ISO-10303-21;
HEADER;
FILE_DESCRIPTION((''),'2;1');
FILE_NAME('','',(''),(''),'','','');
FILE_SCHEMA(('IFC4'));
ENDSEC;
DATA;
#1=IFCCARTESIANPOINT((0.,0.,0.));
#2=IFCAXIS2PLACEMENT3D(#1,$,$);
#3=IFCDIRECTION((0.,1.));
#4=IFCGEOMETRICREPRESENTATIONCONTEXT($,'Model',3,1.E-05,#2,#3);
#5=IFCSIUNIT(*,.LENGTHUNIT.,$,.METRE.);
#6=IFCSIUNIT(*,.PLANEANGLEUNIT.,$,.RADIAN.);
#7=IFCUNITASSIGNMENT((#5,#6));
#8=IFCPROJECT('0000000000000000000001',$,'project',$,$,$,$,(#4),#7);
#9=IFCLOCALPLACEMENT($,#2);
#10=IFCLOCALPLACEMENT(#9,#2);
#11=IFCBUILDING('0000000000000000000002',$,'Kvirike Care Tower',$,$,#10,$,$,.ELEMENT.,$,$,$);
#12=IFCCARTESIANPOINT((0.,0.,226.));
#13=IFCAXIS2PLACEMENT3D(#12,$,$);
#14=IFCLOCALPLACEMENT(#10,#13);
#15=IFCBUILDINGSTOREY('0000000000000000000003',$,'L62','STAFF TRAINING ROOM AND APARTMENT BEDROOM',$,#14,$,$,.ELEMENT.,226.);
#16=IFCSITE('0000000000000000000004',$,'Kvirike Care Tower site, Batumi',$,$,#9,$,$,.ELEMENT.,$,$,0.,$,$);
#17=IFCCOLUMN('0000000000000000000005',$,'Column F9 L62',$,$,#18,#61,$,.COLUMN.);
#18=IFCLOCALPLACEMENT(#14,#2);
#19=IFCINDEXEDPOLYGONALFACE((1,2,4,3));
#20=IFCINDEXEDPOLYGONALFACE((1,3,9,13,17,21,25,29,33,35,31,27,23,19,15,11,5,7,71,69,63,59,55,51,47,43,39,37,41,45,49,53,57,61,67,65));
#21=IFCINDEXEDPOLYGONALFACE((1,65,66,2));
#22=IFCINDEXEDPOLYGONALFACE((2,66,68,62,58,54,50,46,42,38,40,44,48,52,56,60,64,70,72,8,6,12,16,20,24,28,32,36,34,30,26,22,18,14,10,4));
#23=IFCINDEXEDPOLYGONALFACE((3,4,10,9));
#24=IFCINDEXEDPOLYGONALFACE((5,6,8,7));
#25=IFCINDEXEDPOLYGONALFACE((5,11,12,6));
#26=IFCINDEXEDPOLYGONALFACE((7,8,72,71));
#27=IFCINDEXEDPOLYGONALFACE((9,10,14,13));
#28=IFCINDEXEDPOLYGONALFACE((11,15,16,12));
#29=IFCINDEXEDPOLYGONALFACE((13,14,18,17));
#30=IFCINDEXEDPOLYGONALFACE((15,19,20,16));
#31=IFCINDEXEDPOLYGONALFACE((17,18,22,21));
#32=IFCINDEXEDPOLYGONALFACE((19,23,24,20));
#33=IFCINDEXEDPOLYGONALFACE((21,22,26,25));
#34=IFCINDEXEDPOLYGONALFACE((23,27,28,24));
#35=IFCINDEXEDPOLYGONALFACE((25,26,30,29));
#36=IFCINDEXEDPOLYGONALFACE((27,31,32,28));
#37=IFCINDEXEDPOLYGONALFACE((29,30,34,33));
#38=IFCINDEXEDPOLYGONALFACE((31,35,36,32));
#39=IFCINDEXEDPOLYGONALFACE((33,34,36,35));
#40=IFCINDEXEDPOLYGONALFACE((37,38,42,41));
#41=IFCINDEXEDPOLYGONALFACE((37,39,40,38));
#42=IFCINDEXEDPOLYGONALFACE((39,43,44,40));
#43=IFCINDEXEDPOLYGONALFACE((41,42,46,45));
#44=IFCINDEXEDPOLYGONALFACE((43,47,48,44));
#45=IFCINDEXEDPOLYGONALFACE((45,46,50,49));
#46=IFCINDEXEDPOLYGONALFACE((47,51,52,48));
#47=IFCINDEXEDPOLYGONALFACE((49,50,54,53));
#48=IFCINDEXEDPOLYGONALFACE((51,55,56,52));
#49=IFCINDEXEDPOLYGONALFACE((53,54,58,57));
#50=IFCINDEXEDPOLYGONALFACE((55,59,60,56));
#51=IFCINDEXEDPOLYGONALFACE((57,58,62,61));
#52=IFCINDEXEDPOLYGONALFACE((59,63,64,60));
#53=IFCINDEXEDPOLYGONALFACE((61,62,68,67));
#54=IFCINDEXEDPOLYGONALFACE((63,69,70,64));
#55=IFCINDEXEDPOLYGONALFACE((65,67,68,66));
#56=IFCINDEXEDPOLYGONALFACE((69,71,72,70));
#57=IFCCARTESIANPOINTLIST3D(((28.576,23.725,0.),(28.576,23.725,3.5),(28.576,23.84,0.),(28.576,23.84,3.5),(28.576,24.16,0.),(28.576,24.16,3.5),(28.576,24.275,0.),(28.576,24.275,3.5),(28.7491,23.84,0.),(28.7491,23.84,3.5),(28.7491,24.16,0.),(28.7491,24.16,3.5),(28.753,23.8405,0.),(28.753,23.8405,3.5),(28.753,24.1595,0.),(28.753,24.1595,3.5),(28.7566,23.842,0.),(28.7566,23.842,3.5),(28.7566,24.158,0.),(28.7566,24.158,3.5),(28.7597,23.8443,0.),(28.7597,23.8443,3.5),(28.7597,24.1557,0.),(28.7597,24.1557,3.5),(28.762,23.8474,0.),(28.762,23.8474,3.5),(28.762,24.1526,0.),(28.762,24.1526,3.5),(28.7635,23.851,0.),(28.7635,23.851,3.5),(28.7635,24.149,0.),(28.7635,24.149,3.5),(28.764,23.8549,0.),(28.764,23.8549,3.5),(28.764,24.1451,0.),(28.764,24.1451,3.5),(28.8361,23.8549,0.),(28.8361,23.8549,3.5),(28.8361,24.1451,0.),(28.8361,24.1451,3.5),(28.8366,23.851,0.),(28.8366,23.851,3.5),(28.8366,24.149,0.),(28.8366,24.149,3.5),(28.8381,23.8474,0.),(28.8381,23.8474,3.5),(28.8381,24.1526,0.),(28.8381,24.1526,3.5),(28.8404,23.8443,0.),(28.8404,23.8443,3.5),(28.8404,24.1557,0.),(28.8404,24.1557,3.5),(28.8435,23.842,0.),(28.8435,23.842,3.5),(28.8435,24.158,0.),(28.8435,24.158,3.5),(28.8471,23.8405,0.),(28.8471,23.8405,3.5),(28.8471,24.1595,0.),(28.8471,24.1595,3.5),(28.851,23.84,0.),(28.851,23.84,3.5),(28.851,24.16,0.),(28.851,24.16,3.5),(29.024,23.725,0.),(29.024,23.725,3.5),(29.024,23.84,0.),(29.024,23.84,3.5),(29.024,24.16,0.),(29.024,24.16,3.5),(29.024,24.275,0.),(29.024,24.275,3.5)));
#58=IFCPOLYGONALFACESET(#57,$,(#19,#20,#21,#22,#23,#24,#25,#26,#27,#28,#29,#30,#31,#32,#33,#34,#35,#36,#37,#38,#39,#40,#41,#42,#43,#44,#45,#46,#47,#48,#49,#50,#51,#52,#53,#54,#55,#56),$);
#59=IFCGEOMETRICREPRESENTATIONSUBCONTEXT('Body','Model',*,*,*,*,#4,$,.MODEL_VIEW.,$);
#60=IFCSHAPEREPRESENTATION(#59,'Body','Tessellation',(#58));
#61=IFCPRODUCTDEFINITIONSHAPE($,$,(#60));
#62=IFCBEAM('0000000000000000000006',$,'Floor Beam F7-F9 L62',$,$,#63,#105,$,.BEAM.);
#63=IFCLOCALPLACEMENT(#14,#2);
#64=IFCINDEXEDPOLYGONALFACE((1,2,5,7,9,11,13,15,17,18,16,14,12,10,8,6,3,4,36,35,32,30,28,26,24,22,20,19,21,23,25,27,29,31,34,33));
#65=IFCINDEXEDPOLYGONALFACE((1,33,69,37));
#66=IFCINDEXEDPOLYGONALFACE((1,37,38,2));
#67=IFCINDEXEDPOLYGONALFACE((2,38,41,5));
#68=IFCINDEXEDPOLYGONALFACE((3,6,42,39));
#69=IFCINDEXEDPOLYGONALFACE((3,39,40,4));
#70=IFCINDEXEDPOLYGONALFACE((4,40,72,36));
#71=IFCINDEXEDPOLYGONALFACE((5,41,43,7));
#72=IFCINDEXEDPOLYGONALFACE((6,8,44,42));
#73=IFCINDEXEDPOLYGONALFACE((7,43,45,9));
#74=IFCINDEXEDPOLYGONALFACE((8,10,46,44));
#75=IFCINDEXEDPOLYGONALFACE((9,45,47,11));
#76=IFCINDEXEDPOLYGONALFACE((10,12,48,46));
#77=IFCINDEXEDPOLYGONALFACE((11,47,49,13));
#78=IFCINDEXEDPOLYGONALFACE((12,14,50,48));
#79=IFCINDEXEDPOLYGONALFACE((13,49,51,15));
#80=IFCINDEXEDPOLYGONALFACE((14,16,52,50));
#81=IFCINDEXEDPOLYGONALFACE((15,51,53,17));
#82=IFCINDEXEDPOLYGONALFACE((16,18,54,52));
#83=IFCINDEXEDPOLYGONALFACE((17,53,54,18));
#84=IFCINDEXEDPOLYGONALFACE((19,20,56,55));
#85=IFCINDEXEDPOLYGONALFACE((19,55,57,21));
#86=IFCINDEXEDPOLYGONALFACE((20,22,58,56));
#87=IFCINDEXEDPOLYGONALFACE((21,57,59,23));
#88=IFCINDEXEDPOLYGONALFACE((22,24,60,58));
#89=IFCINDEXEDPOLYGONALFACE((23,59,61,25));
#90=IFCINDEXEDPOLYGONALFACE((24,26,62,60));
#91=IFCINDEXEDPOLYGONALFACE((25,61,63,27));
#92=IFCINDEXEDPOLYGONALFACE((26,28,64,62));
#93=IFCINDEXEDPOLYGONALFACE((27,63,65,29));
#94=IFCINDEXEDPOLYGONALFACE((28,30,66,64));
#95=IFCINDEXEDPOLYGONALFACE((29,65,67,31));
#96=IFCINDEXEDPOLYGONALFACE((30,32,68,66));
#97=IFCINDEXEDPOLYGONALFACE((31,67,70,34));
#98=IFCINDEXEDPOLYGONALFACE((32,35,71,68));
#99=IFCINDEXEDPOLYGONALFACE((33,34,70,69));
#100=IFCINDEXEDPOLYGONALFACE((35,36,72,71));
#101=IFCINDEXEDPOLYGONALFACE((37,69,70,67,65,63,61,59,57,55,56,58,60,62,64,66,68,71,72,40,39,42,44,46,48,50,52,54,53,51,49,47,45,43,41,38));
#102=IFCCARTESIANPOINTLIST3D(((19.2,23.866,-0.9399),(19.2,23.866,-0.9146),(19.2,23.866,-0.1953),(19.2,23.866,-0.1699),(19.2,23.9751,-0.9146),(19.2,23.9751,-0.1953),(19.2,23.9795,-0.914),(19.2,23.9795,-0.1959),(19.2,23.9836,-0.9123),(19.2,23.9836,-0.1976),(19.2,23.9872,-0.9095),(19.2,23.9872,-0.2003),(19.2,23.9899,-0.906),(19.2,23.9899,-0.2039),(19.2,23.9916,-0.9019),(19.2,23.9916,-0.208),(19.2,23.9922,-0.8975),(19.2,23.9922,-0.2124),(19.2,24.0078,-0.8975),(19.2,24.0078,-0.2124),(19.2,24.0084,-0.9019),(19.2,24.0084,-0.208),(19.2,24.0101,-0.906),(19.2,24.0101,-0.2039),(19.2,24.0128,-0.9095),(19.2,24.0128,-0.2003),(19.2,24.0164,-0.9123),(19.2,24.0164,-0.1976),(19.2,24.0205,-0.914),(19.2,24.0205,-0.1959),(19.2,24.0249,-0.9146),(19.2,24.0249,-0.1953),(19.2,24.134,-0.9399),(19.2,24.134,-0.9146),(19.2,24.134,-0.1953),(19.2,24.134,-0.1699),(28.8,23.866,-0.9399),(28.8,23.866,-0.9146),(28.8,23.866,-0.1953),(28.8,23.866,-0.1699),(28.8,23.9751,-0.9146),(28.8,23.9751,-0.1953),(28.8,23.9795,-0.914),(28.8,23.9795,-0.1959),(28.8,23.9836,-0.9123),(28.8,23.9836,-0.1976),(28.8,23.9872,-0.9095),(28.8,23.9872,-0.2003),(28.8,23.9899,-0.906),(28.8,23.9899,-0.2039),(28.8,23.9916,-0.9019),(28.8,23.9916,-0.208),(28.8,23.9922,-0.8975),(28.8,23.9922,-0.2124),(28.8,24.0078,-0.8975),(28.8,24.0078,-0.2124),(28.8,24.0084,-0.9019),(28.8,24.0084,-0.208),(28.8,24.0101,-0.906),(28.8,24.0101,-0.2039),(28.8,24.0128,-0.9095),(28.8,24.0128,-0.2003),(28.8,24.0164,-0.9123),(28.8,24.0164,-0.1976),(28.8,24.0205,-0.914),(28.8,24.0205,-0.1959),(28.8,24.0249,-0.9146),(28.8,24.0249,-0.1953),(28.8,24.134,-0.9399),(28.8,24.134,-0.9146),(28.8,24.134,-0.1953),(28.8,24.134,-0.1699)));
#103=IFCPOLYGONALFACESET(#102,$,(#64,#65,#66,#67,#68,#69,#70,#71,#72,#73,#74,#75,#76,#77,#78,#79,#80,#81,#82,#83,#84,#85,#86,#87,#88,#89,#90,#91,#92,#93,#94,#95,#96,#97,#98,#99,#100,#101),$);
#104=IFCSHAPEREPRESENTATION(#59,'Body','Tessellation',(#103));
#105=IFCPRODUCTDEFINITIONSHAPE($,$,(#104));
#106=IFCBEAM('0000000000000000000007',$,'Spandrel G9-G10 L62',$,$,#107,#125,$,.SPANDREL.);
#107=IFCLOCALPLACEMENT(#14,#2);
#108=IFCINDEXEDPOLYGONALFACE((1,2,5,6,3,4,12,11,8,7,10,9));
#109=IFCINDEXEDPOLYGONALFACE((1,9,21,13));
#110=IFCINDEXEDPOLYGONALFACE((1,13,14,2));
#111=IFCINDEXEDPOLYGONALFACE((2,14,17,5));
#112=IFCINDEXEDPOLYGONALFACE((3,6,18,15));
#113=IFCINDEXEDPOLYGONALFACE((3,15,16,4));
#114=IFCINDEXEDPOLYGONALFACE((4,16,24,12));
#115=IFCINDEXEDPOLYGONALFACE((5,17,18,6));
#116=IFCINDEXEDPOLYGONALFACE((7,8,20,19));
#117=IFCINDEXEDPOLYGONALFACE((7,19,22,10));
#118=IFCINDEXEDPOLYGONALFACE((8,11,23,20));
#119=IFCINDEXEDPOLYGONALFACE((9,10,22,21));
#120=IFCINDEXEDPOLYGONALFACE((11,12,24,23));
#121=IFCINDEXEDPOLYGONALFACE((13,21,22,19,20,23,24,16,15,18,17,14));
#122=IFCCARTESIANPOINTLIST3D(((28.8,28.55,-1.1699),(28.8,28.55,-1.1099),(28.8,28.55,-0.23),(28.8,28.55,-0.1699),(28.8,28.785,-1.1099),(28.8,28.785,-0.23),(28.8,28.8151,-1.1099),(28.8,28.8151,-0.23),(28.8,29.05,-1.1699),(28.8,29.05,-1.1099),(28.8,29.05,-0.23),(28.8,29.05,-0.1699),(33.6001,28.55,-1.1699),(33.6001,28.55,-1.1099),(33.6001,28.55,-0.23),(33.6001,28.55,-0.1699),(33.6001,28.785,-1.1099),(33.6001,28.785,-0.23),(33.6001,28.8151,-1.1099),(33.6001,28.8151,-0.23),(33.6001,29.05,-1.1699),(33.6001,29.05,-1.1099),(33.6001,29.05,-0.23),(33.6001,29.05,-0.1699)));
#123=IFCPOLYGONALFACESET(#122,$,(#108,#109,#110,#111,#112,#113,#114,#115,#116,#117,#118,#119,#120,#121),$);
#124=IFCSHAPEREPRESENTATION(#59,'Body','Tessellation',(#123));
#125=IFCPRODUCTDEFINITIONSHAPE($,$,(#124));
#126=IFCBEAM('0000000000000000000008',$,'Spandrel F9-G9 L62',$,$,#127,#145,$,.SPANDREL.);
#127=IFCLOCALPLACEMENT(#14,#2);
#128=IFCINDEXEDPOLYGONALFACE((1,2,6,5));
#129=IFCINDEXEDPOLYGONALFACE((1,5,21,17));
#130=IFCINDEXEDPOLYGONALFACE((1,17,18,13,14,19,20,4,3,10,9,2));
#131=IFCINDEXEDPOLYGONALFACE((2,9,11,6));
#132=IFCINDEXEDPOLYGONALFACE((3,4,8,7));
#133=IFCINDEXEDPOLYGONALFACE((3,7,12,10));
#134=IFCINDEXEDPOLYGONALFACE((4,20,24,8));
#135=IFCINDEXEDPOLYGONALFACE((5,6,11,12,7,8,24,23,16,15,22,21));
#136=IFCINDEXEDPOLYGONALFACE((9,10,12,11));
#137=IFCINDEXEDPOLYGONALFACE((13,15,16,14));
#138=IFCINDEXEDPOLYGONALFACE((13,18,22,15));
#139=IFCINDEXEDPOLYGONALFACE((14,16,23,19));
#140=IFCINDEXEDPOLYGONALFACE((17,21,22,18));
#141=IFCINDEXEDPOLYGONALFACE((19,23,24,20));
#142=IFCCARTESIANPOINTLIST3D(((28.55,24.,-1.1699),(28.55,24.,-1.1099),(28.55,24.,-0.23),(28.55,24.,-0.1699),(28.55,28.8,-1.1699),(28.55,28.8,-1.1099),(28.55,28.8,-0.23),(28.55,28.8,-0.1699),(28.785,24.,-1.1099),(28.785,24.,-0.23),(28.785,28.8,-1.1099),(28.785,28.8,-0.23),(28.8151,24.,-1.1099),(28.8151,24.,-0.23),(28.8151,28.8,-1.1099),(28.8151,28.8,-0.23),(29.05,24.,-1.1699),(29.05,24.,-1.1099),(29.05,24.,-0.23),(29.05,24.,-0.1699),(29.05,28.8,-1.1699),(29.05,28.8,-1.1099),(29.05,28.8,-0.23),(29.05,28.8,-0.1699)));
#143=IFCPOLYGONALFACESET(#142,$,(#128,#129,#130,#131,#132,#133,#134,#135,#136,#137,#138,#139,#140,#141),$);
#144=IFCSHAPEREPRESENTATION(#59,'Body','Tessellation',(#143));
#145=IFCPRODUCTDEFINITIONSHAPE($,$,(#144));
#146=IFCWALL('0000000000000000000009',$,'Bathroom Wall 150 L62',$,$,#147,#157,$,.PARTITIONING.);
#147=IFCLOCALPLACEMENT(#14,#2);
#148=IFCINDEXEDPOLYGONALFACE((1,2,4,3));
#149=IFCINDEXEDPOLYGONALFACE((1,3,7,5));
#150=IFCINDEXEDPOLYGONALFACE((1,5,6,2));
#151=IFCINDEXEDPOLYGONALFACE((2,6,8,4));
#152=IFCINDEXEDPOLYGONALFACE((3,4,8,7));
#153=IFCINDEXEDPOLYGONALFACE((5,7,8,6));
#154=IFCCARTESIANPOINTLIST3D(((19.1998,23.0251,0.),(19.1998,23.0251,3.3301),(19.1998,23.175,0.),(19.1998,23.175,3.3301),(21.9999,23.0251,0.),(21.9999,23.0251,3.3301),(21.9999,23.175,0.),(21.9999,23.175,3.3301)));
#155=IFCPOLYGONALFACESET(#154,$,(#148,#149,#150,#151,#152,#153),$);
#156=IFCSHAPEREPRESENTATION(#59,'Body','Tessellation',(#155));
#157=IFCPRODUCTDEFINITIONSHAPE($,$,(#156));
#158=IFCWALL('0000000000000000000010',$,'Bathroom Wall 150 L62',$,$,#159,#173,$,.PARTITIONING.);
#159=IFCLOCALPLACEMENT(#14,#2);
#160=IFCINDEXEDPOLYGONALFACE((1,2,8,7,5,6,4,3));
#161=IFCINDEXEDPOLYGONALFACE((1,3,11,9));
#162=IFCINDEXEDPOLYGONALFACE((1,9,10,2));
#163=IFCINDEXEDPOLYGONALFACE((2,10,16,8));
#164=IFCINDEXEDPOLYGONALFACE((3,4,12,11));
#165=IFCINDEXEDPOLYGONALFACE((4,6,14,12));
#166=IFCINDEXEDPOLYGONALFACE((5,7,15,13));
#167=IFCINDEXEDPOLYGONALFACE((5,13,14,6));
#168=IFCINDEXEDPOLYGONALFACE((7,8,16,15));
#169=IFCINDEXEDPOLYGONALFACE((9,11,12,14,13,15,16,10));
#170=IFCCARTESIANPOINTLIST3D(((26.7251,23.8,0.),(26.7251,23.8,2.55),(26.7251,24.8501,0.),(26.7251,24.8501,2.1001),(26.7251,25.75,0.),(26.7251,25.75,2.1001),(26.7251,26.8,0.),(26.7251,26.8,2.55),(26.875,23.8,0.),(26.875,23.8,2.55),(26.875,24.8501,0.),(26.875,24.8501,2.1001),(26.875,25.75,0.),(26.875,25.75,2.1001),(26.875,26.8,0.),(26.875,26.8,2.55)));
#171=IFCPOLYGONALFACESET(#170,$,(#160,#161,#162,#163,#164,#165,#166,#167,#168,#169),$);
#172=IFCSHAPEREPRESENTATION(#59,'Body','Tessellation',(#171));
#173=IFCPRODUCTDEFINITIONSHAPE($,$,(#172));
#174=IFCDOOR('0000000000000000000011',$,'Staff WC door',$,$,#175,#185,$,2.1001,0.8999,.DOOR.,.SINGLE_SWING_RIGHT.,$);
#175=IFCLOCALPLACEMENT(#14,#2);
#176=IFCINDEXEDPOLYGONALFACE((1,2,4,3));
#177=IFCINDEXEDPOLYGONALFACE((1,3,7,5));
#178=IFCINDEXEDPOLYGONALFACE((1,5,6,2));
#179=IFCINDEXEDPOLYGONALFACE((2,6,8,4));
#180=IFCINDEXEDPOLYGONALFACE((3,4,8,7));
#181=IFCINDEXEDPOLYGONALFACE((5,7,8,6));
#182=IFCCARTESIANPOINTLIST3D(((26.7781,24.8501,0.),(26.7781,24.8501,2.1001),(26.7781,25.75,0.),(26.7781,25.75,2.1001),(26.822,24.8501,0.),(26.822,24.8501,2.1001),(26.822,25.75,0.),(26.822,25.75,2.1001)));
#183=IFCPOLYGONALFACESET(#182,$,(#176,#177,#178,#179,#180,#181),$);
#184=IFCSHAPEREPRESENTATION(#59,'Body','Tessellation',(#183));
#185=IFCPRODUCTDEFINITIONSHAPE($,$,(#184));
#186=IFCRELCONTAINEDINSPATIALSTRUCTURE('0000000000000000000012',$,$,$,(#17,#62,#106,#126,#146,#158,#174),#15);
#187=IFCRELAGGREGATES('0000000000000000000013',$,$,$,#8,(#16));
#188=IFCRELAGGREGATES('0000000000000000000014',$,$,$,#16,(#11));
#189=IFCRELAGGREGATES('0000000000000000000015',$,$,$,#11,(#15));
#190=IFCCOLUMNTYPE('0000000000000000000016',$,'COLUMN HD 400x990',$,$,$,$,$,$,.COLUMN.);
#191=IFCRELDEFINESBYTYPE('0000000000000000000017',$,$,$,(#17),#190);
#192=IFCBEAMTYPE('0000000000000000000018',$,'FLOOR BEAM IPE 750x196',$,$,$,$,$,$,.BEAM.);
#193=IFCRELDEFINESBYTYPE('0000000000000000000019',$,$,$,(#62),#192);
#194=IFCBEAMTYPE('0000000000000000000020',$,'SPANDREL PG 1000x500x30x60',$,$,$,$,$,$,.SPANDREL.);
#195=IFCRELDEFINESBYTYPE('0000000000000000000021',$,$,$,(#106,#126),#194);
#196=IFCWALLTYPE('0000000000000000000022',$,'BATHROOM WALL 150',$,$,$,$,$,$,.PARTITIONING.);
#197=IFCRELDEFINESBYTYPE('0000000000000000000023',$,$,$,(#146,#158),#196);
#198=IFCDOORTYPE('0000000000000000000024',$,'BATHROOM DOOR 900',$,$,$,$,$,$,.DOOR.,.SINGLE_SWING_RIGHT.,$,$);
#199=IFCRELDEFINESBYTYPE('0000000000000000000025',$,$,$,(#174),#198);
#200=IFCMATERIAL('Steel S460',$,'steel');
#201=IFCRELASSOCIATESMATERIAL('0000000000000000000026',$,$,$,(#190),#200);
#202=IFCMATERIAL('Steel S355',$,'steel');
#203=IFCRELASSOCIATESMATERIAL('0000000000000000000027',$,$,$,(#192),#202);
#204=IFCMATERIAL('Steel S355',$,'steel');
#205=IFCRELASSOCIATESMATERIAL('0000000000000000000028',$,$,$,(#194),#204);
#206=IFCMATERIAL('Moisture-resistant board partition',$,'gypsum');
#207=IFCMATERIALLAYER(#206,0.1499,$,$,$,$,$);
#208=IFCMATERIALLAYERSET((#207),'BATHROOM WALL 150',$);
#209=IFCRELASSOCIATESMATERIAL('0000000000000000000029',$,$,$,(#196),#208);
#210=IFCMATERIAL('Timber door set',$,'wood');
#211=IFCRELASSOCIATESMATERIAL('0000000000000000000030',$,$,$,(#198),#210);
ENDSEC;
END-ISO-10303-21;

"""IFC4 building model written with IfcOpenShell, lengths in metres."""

from ifc_helpers import new_model, si_unit, direction, frame, frame_2d, origin, origin_2d, place, context, subcontext, project, spatial, rectangle, i_section, extrude, material, layer, layer_set, material_profile, profile_set, type_object, element, fill, save


model = new_model("IFC4")

# Units and contexts
model_context = context("Model", 3, precision=1e-05, world=origin(), true_north=direction((0.0, 1.0)))
body_context = subcontext(model_context, "Body", "Model", "MODEL_VIEW")
ifc_project = project(units=[si_unit("LENGTHUNIT", "METRE"), si_unit("PLANEANGLEUNIT", "RADIAN")], contexts=[model_context])

# Site, building, storey
site_placement = place(None, origin())
site = spatial("IfcSite", under=ifc_project, at=site_placement, Name="Kvirike Care Tower site, Batumi", CompositionType="ELEMENT", RefElevation=0.0)
building_placement = place(site_placement, origin())
building = spatial("IfcBuilding", under=site, at=building_placement, Name="Kvirike Care Tower", CompositionType="ELEMENT")
storey_placement = place(building_placement, frame((0.0, 0.0, 226.0)))
storey = spatial("IfcBuildingStorey", under=building, at=storey_placement, Name="L62", Description="STAFF TRAINING ROOM AND APARTMENT BEDROOM", CompositionType="ELEMENT", Elevation=226.0)

# Column
ifc_material_1 = material(Name="Steel S460", Category="steel")
ifc_material_profile_1 = material_profile(ifc_material_1, i_section(OverallWidth=0.448, OverallDepth=0.55, WebThickness=0.072, FlangeThickness=0.115, FilletRadius=0.0149, at=origin_2d()), Name="HD 400x990")
ifc_profile_set_1 = profile_set([ifc_material_profile_1], Name="Steel S460")
column_type = type_object("IfcColumnType", Name="COLUMN HD 400x990", PredefinedType="COLUMN", material=ifc_profile_set_1)
column_placement = place(storey_placement, frame((28.8, 24.0, 0.0), z_axis=(0.0, 0.0, 1.0), x_axis=(1.0, 0.0, 0.0)))
element("IfcColumn", 1, at=column_placement, inside=storey, type_object=column_type, Name="Column F9 L62", PredefinedType="COLUMN", context=body_context, shape_type="SweptSolid", body=[
    extrude(i_section(OverallWidth=0.448, OverallDepth=0.55, WebThickness=0.072, FlangeThickness=0.115, FilletRadius=0.0149, at=origin_2d()), origin(), (0.0, 0.0, 1.0), 3.5),
])

# Beams
ifc_material_2 = material(Name="Steel S355", Category="steel")
ifc_material_profile_2 = material_profile(ifc_material_2, i_section(OverallWidth=0.2681, OverallDepth=0.77, WebThickness=0.0156, FlangeThickness=0.0254, FilletRadius=0.0171, at=origin_2d()), Name="IPE 750x196")
ifc_profile_set_2 = profile_set([ifc_material_profile_2], Name="Steel S355")
beam_type_1 = type_object("IfcBeamType", Name="FLOOR BEAM IPE 750x196", PredefinedType="BEAM", material=ifc_profile_set_2)
beam_placement = place(storey_placement, frame((19.2, 24.0, -0.5549), z_axis=(1.0, 0.0, 0.0), x_axis=(0.0, 1.0, 0.0)))
element("IfcBeam", 2, at=beam_placement, inside=storey, type_object=beam_type_1, Name="Floor Beam F7-F9 L62", PredefinedType="BEAM", context=body_context, shape_type="SweptSolid", body=[
    extrude(i_section(OverallWidth=0.2681, OverallDepth=0.77, WebThickness=0.0156, FlangeThickness=0.0254, FilletRadius=0.0171, at=origin_2d()), origin(), (0.0, 0.0, 1.0), 9.6001),
])
ifc_material_3 = material(Name="Steel S355", Category="steel")
ifc_material_profile_3 = material_profile(ifc_material_3, i_section(OverallWidth=0.5, OverallDepth=1.0, WebThickness=0.03, FlangeThickness=0.0601, at=origin_2d()), Name="PG 1000x500x30x60")
ifc_profile_set_3 = profile_set([ifc_material_profile_3], Name="Steel S355")
beam_type_2 = type_object("IfcBeamType", Name="SPANDREL PG 1000x500x30x60", PredefinedType="SPANDREL", material=ifc_profile_set_3)
for number, where, z_axis, x_axis, name in (
    (3, (28.8, 28.8, -0.6699), (1.0, 0.0, 0.0), (0.0, 1.0, 0.0), "Spandrel G9-G10 L62"),
    (4, (28.8, 24.0, -0.6699), (0.0, 1.0, 0.0), (-1.0, 0.0, 0.0), "Spandrel F9-G9 L62"),
):
    element("IfcBeam", number, at=place(storey_placement, frame(where, z_axis=z_axis, x_axis=x_axis)), inside=storey, type_object=beam_type_2, Name=name, PredefinedType="SPANDREL", context=body_context, shape_type="SweptSolid", body=[
        extrude(i_section(OverallWidth=0.5, OverallDepth=1.0, WebThickness=0.03, FlangeThickness=0.0601, at=origin_2d()), origin(), (0.0, 0.0, 1.0), 4.8),
    ])

# Wall
ifc_material_4 = material(Name="Moisture-resistant board partition", Category="gypsum")
ifc_layer_1 = layer(ifc_material_4, 0.1499)
ifc_layer_set_1 = layer_set([ifc_layer_1], Name="BATHROOM WALL 150")
wall_type_1 = type_object("IfcWallType", Name="BATHROOM WALL 150", PredefinedType="PARTITIONING", material=ifc_layer_set_1)
wall_1_placement = place(storey_placement, frame((19.2, 23.1001, 0.0), z_axis=(0.0, 0.0, 1.0), x_axis=(1.0, 0.0, 0.0)))
element("IfcWall", 5, at=wall_1_placement, inside=storey, type_object=wall_type_1, Name="Bathroom Wall 150 L62", PredefinedType="PARTITIONING", context=body_context, shape_type="SweptSolid", body=[
    extrude(rectangle(XDim=2.8, YDim=0.1499, at=frame_2d((1.3999, 0.0))), origin(), (0.0, 0.0, 1.0), 3.3301),
])

# Wall, opening, door
wall_2_placement = place(storey_placement, frame((26.8, 23.8, 0.0), z_axis=(0.0, 0.0, 1.0), x_axis=(0.0, 1.0, 0.0)))
wall_2 = element("IfcWall", 6, at=wall_2_placement, inside=storey, type_object=wall_type_1, Name="Bathroom Wall 150 L62", PredefinedType="PARTITIONING", context=body_context, shape_type="SweptSolid", body=[
    extrude(rectangle(XDim=3.0, YDim=0.1499, at=frame_2d((1.5, 0.0))), origin(), (0.0, 0.0, 1.0), 2.55),
])
opening_1_placement = place(wall_2_placement, frame((1.05, 0.0, 0.0)))
opening_1 = element("IfcOpeningElement", 7, at=opening_1_placement, cuts=wall_2, PredefinedType="OPENING", context=body_context, shape_type="SweptSolid", body=[
    extrude(rectangle(XDim=0.8999, YDim=2.1001, at=frame_2d((0.45, 1.05))), frame((0.0, 0.0854, 0.0), z_axis=(0.0, -1.0, 0.0), x_axis=(1.0, 0.0, 0.0)), (0.0, 0.0, 1.0), 0.1709),
])
ifc_material_5 = material(Name="Timber door set", Category="wood")
door_type_1 = type_object("IfcDoorType", Name="BATHROOM DOOR 900", OperationType="SINGLE_SWING_RIGHT", PredefinedType="DOOR", material=ifc_material_5)
door_1_placement = place(opening_1_placement, frame((0.8999, 0.0, 0.0), z_axis=(0.0, 0.0, 1.0), x_axis=(-1.0, 0.0, 0.0)))
door_1 = element("IfcDoor", 8, at=door_1_placement, inside=storey, type_object=door_type_1, Name="Staff WC door", OperationType="SINGLE_SWING_RIGHT", OverallHeight=2.1001, OverallWidth=0.8999, PredefinedType="DOOR", context=body_context, shape_type="SweptSolid", body=[
    extrude(rectangle(XDim=0.8999, YDim=2.1001, at=frame_2d((0.45, 1.05))), frame((0.0, 0.022, 0.0), z_axis=(0.0, -1.0, 0.0), x_axis=(1.0, 0.0, 0.0)), (0.0, 0.0, 1.0), 0.0439),
])
fill(opening_1, door_1)

save(model, "model.ifc")
